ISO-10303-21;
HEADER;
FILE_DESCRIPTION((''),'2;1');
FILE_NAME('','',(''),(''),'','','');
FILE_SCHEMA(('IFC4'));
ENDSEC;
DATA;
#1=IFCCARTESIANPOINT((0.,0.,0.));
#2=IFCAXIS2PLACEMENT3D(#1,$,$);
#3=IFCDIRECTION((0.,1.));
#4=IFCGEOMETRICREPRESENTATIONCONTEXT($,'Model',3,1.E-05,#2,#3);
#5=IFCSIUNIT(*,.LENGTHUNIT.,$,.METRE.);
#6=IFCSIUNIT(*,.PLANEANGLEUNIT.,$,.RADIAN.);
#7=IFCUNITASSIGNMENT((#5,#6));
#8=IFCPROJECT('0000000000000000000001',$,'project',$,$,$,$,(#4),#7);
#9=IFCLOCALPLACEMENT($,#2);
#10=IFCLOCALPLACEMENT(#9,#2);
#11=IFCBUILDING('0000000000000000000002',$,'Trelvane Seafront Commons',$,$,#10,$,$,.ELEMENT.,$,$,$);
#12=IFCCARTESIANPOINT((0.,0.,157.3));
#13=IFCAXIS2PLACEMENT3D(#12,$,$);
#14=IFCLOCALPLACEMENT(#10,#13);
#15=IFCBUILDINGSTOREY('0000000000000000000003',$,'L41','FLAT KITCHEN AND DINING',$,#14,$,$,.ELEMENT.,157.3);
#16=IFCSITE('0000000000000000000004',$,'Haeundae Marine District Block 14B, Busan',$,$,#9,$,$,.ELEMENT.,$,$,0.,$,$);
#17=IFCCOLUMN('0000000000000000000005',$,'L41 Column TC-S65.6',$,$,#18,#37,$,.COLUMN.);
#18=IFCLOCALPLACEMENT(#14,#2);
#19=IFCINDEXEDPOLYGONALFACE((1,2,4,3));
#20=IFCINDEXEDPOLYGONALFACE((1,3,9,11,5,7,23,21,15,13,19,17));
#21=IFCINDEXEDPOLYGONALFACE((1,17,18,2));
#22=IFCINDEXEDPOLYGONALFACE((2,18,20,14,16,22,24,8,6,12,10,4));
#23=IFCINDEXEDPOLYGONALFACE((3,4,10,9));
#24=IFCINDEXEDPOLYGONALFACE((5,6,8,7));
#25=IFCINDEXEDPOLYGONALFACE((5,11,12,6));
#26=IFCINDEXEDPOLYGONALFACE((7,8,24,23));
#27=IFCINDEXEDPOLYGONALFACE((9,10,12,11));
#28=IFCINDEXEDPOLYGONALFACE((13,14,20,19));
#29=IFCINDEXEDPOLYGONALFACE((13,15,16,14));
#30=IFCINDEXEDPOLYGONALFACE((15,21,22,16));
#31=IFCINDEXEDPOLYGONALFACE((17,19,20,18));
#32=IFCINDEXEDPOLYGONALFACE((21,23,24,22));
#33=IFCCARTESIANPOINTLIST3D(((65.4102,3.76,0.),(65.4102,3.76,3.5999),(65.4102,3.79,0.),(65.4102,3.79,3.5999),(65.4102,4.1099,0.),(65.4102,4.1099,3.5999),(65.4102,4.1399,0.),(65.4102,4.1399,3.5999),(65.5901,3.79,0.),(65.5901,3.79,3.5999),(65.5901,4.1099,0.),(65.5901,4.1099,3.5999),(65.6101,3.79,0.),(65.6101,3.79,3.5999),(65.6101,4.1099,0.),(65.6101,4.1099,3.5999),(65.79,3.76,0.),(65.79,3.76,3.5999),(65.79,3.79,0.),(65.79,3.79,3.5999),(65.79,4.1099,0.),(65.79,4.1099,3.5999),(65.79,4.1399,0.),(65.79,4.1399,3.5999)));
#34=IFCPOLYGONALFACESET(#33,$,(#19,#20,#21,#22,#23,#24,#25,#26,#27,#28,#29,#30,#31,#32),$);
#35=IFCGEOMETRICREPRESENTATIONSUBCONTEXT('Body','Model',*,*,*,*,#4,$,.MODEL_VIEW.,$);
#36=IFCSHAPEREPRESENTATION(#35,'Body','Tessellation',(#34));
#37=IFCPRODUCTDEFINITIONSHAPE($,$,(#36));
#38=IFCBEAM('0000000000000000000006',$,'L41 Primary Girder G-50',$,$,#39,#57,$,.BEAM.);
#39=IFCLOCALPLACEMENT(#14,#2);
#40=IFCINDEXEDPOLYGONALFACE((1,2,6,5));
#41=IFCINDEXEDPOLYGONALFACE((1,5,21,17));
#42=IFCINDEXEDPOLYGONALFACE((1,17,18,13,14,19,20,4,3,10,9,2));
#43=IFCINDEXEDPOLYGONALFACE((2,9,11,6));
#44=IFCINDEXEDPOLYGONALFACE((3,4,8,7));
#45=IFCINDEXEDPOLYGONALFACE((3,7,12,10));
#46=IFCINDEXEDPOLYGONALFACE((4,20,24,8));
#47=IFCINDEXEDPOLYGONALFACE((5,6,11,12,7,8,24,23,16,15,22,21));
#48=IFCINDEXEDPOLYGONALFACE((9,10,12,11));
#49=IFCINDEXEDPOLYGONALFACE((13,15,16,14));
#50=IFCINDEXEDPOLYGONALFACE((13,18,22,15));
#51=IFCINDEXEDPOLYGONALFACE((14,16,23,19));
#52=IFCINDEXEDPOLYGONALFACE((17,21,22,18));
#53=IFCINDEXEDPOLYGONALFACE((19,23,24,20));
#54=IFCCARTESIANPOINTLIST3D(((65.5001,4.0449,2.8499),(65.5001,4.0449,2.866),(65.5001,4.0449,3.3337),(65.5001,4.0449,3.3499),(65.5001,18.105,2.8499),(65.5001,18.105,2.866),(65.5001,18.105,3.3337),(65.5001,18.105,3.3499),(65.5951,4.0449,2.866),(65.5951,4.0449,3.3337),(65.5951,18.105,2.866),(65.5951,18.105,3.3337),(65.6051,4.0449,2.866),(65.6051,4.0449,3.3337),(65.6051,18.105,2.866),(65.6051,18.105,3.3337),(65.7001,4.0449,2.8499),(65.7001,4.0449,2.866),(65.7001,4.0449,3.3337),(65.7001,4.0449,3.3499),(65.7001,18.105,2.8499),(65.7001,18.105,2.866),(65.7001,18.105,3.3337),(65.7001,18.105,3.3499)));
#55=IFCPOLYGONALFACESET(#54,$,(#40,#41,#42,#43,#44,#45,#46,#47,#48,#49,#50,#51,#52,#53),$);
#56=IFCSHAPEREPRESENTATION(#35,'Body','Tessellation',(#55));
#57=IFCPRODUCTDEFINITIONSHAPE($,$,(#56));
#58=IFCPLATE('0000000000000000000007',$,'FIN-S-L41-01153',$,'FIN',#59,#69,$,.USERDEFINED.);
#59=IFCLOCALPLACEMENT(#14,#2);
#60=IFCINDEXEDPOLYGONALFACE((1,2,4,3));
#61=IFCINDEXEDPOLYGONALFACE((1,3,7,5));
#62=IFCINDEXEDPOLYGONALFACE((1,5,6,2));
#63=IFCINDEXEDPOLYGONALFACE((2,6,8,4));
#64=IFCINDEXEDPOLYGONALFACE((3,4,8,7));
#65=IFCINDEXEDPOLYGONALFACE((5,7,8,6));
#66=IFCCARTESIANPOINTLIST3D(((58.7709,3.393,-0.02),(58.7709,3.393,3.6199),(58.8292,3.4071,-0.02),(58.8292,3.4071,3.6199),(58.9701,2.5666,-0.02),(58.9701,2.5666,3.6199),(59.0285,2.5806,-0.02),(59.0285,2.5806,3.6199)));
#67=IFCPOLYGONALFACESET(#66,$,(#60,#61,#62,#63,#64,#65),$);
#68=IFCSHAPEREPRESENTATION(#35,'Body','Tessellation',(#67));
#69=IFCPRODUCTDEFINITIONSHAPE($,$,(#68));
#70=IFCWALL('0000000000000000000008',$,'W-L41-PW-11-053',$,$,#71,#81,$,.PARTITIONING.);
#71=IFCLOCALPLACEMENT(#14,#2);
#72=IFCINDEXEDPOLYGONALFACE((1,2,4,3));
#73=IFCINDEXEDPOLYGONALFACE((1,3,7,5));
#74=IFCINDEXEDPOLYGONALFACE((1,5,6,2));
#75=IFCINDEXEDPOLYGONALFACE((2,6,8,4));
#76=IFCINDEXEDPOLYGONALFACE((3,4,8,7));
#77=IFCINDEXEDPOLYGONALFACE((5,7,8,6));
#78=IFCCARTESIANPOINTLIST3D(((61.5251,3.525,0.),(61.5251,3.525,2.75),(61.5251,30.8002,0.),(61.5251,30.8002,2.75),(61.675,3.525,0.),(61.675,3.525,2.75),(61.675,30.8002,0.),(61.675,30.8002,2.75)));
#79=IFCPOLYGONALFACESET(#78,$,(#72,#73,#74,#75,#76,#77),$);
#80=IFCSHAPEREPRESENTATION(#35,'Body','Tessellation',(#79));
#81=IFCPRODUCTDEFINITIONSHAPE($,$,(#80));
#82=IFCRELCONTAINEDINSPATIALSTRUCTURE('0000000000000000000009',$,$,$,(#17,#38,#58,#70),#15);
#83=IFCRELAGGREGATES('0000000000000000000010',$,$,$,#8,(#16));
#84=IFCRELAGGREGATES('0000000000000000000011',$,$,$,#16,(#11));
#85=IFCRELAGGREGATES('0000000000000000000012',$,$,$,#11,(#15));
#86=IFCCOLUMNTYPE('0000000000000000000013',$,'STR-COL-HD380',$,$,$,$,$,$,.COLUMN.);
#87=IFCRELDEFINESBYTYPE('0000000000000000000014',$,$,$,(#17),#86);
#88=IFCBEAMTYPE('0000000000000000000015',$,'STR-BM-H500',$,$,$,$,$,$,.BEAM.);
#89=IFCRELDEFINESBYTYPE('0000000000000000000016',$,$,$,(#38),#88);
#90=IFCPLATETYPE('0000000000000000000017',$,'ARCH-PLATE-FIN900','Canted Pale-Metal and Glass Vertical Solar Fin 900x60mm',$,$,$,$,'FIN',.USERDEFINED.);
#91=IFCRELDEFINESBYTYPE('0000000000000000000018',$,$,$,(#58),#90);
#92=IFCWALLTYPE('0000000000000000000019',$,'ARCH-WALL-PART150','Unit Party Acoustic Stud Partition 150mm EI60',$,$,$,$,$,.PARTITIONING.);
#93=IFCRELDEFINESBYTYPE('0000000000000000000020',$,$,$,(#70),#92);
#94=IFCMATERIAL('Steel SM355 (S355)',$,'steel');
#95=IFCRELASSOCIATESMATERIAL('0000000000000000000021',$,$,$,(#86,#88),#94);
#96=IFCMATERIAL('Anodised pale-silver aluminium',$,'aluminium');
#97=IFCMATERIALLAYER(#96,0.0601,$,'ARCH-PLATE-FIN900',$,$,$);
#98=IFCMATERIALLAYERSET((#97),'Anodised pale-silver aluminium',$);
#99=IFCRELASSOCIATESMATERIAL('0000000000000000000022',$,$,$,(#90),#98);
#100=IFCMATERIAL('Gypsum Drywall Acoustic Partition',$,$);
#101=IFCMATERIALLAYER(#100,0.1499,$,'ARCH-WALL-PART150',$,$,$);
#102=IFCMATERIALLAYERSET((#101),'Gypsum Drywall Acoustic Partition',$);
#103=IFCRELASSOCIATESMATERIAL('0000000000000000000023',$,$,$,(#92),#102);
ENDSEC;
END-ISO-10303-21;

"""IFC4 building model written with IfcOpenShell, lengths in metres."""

from ifc_helpers import new_model, si_unit, direction, frame, frame_2d, origin, origin_2d, place, context, subcontext, project, spatial, rectangle, i_section, extrude, source, transform, mapped, material, layer, layer_set, material_profile, profile_set, type_object, element, save


model = new_model("IFC4")

# Units and contexts
model_context = context("Model", 3, precision=1e-05, world=origin(), true_north=direction((0.0, 1.0)))
body_context = subcontext(model_context, "Body", "Model", "MODEL_VIEW")
ifc_project = project(units=[si_unit("LENGTHUNIT", "METRE"), si_unit("PLANEANGLEUNIT", "RADIAN")], contexts=[model_context])

# Site, building, storey
site_placement = place(None, origin())
site = spatial("IfcSite", under=ifc_project, at=site_placement, Name="Haeundae Marine District Block 14B, Busan", CompositionType="ELEMENT", RefElevation=0.0)
building_placement = place(site_placement, origin())
building = spatial("IfcBuilding", under=site, at=building_placement, Name="Trelvane Seafront Commons", CompositionType="ELEMENT")
storey_placement = place(building_placement, frame((0.0, 0.0, 157.3)))
storey = spatial("IfcBuildingStorey", under=building, at=storey_placement, Name="L41", Description="FLAT KITCHEN AND DINING", CompositionType="ELEMENT", Elevation=157.3)

# Column
ifc_material_1 = material(Name="Steel SM355 (S355)", Category="steel")
ifc_material_profile_1 = material_profile(ifc_material_1, i_section(OverallWidth=0.3799, OverallDepth=0.3799, WebThickness=0.02, FlangeThickness=0.03, at=origin_2d()), Name="HD-380x380x20x30")
ifc_profile_set_1 = profile_set([ifc_material_profile_1], Name="Steel SM355 (S355)")
column_type = type_object("IfcColumnType", Name="STR-COL-HD380", PredefinedType="COLUMN", material=ifc_profile_set_1)
shared_shape_1 = source(origin(), body_context, "Body", "SweptSolid", [
    extrude(i_section(OverallWidth=0.3799, OverallDepth=0.3799, WebThickness=0.02, FlangeThickness=0.03, at=origin_2d()), origin(), (0.0, 0.0, 1.0), 3.5999),
])
column_placement = place(storey_placement, frame((65.6001, 3.95, 0.0), z_axis=(0.0, 0.0, 1.0), x_axis=(1.0, 0.0, 0.0)))
element("IfcColumn", 1, at=column_placement, inside=storey, type_object=column_type, Name="L41 Column TC-S65.6", PredefinedType="COLUMN", context=body_context, shape_type="MappedRepresentation", body=[
    mapped(shared_shape_1, transform((0.0, 0.0, 0.0), x_axis=(1.0, 0.0, 0.0), y_axis=(0.0, 1.0, 0.0), z_axis=(0.0, 0.0, 1.0), scale=1.0)),
])

# Beam
ifc_material_profile_2 = material_profile(ifc_material_1, i_section(OverallWidth=0.2, OverallDepth=0.5, WebThickness=0.01, FlangeThickness=0.0161, at=origin_2d()), Name="H-500x200x10x16")
ifc_profile_set_2 = profile_set([ifc_material_profile_2], Name="Steel SM355 (S355)")
beam_type = type_object("IfcBeamType", Name="STR-BM-H500", PredefinedType="BEAM", material=ifc_profile_set_2)
shared_shape_2 = source(origin(), body_context, "Body", "SweptSolid", [
    extrude(i_section(OverallWidth=0.2, OverallDepth=0.5, WebThickness=0.01, FlangeThickness=0.0161, at=origin_2d()), origin(), (0.0, 0.0, 1.0), 14.0601),
])
beam_placement = place(storey_placement, frame((65.6001, 4.0449, 3.0999), z_axis=(0.0, 1.0, 0.0), x_axis=(-1.0, 0.0, 0.0)))
element("IfcBeam", 2, at=beam_placement, inside=storey, type_object=beam_type, Name="L41 Primary Girder G-50", PredefinedType="BEAM", context=body_context, shape_type="MappedRepresentation", body=[
    mapped(shared_shape_2, transform((0.0, 0.0, 0.0), x_axis=(1.0, 0.0, 0.0), y_axis=(0.0, 1.0, 0.0), z_axis=(0.0, 0.0, 1.0), scale=1.0)),
])

# Plate
ifc_material_2 = material(Name="Anodised pale-silver aluminium", Category="aluminium")
ifc_layer_1 = layer(ifc_material_2, 0.0601, Name="ARCH-PLATE-FIN900")
ifc_layer_set_1 = layer_set([ifc_layer_1], Name="Anodised pale-silver aluminium")
plate_type = type_object("IfcPlateType", Name="ARCH-PLATE-FIN900", Description="Canted Pale-Metal and Glass Vertical Solar Fin 900x60mm", ElementType="FIN", PredefinedType="USERDEFINED", material=ifc_layer_set_1)
shared_shape_3 = source(origin(), body_context, "Body", "SweptSolid", [
    extrude(rectangle(XDim=0.8501, YDim=0.0601, at=origin_2d()), origin(), (0.0, 0.0, 1.0), 3.6399),
])
plate_placement = place(storey_placement, frame((58.8997, 2.9868, -0.02), z_axis=(0.0, 0.0, 1.0), x_axis=(0.23436, -0.97215, 0.0)))
element("IfcPlate", 3, at=plate_placement, inside=storey, type_object=plate_type, Name="FIN-S-L41-01153", ObjectType="FIN", PredefinedType="USERDEFINED", context=body_context, shape_type="MappedRepresentation", body=[
    mapped(shared_shape_3, transform((0.0, 0.0, 0.0), x_axis=(1.0, 0.0, 0.0), y_axis=(0.0, 1.0, 0.0), z_axis=(0.0, 0.0, 1.0), scale=1.0)),
])

# Wall
ifc_material_3 = material(Name="Gypsum Drywall Acoustic Partition")
ifc_layer_2 = layer(ifc_material_3, 0.1499, Name="ARCH-WALL-PART150")
ifc_layer_set_2 = layer_set([ifc_layer_2], Name="Gypsum Drywall Acoustic Partition")
wall_type_1 = type_object("IfcWallType", Name="ARCH-WALL-PART150", Description="Unit Party Acoustic Stud Partition 150mm EI60", PredefinedType="PARTITIONING", material=ifc_layer_set_2)
wall_1_placement = place(storey_placement, frame((61.6001, 3.5249, 0.0), z_axis=(0.0, 0.0, 1.0), x_axis=(0.0, 1.0, 0.0)))
element("IfcWall", 4, at=wall_1_placement, inside=storey, type_object=wall_type_1, Name="W-L41-PW-11-053", PredefinedType="PARTITIONING", context=body_context, shape_type="SweptSolid", body=[
    extrude(rectangle(XDim=27.2751, YDim=0.1499, at=frame_2d((13.6377, 0.0))), origin(), (0.0, 0.0, 1.0), 2.75),
])

save(model, "model.ifc")
